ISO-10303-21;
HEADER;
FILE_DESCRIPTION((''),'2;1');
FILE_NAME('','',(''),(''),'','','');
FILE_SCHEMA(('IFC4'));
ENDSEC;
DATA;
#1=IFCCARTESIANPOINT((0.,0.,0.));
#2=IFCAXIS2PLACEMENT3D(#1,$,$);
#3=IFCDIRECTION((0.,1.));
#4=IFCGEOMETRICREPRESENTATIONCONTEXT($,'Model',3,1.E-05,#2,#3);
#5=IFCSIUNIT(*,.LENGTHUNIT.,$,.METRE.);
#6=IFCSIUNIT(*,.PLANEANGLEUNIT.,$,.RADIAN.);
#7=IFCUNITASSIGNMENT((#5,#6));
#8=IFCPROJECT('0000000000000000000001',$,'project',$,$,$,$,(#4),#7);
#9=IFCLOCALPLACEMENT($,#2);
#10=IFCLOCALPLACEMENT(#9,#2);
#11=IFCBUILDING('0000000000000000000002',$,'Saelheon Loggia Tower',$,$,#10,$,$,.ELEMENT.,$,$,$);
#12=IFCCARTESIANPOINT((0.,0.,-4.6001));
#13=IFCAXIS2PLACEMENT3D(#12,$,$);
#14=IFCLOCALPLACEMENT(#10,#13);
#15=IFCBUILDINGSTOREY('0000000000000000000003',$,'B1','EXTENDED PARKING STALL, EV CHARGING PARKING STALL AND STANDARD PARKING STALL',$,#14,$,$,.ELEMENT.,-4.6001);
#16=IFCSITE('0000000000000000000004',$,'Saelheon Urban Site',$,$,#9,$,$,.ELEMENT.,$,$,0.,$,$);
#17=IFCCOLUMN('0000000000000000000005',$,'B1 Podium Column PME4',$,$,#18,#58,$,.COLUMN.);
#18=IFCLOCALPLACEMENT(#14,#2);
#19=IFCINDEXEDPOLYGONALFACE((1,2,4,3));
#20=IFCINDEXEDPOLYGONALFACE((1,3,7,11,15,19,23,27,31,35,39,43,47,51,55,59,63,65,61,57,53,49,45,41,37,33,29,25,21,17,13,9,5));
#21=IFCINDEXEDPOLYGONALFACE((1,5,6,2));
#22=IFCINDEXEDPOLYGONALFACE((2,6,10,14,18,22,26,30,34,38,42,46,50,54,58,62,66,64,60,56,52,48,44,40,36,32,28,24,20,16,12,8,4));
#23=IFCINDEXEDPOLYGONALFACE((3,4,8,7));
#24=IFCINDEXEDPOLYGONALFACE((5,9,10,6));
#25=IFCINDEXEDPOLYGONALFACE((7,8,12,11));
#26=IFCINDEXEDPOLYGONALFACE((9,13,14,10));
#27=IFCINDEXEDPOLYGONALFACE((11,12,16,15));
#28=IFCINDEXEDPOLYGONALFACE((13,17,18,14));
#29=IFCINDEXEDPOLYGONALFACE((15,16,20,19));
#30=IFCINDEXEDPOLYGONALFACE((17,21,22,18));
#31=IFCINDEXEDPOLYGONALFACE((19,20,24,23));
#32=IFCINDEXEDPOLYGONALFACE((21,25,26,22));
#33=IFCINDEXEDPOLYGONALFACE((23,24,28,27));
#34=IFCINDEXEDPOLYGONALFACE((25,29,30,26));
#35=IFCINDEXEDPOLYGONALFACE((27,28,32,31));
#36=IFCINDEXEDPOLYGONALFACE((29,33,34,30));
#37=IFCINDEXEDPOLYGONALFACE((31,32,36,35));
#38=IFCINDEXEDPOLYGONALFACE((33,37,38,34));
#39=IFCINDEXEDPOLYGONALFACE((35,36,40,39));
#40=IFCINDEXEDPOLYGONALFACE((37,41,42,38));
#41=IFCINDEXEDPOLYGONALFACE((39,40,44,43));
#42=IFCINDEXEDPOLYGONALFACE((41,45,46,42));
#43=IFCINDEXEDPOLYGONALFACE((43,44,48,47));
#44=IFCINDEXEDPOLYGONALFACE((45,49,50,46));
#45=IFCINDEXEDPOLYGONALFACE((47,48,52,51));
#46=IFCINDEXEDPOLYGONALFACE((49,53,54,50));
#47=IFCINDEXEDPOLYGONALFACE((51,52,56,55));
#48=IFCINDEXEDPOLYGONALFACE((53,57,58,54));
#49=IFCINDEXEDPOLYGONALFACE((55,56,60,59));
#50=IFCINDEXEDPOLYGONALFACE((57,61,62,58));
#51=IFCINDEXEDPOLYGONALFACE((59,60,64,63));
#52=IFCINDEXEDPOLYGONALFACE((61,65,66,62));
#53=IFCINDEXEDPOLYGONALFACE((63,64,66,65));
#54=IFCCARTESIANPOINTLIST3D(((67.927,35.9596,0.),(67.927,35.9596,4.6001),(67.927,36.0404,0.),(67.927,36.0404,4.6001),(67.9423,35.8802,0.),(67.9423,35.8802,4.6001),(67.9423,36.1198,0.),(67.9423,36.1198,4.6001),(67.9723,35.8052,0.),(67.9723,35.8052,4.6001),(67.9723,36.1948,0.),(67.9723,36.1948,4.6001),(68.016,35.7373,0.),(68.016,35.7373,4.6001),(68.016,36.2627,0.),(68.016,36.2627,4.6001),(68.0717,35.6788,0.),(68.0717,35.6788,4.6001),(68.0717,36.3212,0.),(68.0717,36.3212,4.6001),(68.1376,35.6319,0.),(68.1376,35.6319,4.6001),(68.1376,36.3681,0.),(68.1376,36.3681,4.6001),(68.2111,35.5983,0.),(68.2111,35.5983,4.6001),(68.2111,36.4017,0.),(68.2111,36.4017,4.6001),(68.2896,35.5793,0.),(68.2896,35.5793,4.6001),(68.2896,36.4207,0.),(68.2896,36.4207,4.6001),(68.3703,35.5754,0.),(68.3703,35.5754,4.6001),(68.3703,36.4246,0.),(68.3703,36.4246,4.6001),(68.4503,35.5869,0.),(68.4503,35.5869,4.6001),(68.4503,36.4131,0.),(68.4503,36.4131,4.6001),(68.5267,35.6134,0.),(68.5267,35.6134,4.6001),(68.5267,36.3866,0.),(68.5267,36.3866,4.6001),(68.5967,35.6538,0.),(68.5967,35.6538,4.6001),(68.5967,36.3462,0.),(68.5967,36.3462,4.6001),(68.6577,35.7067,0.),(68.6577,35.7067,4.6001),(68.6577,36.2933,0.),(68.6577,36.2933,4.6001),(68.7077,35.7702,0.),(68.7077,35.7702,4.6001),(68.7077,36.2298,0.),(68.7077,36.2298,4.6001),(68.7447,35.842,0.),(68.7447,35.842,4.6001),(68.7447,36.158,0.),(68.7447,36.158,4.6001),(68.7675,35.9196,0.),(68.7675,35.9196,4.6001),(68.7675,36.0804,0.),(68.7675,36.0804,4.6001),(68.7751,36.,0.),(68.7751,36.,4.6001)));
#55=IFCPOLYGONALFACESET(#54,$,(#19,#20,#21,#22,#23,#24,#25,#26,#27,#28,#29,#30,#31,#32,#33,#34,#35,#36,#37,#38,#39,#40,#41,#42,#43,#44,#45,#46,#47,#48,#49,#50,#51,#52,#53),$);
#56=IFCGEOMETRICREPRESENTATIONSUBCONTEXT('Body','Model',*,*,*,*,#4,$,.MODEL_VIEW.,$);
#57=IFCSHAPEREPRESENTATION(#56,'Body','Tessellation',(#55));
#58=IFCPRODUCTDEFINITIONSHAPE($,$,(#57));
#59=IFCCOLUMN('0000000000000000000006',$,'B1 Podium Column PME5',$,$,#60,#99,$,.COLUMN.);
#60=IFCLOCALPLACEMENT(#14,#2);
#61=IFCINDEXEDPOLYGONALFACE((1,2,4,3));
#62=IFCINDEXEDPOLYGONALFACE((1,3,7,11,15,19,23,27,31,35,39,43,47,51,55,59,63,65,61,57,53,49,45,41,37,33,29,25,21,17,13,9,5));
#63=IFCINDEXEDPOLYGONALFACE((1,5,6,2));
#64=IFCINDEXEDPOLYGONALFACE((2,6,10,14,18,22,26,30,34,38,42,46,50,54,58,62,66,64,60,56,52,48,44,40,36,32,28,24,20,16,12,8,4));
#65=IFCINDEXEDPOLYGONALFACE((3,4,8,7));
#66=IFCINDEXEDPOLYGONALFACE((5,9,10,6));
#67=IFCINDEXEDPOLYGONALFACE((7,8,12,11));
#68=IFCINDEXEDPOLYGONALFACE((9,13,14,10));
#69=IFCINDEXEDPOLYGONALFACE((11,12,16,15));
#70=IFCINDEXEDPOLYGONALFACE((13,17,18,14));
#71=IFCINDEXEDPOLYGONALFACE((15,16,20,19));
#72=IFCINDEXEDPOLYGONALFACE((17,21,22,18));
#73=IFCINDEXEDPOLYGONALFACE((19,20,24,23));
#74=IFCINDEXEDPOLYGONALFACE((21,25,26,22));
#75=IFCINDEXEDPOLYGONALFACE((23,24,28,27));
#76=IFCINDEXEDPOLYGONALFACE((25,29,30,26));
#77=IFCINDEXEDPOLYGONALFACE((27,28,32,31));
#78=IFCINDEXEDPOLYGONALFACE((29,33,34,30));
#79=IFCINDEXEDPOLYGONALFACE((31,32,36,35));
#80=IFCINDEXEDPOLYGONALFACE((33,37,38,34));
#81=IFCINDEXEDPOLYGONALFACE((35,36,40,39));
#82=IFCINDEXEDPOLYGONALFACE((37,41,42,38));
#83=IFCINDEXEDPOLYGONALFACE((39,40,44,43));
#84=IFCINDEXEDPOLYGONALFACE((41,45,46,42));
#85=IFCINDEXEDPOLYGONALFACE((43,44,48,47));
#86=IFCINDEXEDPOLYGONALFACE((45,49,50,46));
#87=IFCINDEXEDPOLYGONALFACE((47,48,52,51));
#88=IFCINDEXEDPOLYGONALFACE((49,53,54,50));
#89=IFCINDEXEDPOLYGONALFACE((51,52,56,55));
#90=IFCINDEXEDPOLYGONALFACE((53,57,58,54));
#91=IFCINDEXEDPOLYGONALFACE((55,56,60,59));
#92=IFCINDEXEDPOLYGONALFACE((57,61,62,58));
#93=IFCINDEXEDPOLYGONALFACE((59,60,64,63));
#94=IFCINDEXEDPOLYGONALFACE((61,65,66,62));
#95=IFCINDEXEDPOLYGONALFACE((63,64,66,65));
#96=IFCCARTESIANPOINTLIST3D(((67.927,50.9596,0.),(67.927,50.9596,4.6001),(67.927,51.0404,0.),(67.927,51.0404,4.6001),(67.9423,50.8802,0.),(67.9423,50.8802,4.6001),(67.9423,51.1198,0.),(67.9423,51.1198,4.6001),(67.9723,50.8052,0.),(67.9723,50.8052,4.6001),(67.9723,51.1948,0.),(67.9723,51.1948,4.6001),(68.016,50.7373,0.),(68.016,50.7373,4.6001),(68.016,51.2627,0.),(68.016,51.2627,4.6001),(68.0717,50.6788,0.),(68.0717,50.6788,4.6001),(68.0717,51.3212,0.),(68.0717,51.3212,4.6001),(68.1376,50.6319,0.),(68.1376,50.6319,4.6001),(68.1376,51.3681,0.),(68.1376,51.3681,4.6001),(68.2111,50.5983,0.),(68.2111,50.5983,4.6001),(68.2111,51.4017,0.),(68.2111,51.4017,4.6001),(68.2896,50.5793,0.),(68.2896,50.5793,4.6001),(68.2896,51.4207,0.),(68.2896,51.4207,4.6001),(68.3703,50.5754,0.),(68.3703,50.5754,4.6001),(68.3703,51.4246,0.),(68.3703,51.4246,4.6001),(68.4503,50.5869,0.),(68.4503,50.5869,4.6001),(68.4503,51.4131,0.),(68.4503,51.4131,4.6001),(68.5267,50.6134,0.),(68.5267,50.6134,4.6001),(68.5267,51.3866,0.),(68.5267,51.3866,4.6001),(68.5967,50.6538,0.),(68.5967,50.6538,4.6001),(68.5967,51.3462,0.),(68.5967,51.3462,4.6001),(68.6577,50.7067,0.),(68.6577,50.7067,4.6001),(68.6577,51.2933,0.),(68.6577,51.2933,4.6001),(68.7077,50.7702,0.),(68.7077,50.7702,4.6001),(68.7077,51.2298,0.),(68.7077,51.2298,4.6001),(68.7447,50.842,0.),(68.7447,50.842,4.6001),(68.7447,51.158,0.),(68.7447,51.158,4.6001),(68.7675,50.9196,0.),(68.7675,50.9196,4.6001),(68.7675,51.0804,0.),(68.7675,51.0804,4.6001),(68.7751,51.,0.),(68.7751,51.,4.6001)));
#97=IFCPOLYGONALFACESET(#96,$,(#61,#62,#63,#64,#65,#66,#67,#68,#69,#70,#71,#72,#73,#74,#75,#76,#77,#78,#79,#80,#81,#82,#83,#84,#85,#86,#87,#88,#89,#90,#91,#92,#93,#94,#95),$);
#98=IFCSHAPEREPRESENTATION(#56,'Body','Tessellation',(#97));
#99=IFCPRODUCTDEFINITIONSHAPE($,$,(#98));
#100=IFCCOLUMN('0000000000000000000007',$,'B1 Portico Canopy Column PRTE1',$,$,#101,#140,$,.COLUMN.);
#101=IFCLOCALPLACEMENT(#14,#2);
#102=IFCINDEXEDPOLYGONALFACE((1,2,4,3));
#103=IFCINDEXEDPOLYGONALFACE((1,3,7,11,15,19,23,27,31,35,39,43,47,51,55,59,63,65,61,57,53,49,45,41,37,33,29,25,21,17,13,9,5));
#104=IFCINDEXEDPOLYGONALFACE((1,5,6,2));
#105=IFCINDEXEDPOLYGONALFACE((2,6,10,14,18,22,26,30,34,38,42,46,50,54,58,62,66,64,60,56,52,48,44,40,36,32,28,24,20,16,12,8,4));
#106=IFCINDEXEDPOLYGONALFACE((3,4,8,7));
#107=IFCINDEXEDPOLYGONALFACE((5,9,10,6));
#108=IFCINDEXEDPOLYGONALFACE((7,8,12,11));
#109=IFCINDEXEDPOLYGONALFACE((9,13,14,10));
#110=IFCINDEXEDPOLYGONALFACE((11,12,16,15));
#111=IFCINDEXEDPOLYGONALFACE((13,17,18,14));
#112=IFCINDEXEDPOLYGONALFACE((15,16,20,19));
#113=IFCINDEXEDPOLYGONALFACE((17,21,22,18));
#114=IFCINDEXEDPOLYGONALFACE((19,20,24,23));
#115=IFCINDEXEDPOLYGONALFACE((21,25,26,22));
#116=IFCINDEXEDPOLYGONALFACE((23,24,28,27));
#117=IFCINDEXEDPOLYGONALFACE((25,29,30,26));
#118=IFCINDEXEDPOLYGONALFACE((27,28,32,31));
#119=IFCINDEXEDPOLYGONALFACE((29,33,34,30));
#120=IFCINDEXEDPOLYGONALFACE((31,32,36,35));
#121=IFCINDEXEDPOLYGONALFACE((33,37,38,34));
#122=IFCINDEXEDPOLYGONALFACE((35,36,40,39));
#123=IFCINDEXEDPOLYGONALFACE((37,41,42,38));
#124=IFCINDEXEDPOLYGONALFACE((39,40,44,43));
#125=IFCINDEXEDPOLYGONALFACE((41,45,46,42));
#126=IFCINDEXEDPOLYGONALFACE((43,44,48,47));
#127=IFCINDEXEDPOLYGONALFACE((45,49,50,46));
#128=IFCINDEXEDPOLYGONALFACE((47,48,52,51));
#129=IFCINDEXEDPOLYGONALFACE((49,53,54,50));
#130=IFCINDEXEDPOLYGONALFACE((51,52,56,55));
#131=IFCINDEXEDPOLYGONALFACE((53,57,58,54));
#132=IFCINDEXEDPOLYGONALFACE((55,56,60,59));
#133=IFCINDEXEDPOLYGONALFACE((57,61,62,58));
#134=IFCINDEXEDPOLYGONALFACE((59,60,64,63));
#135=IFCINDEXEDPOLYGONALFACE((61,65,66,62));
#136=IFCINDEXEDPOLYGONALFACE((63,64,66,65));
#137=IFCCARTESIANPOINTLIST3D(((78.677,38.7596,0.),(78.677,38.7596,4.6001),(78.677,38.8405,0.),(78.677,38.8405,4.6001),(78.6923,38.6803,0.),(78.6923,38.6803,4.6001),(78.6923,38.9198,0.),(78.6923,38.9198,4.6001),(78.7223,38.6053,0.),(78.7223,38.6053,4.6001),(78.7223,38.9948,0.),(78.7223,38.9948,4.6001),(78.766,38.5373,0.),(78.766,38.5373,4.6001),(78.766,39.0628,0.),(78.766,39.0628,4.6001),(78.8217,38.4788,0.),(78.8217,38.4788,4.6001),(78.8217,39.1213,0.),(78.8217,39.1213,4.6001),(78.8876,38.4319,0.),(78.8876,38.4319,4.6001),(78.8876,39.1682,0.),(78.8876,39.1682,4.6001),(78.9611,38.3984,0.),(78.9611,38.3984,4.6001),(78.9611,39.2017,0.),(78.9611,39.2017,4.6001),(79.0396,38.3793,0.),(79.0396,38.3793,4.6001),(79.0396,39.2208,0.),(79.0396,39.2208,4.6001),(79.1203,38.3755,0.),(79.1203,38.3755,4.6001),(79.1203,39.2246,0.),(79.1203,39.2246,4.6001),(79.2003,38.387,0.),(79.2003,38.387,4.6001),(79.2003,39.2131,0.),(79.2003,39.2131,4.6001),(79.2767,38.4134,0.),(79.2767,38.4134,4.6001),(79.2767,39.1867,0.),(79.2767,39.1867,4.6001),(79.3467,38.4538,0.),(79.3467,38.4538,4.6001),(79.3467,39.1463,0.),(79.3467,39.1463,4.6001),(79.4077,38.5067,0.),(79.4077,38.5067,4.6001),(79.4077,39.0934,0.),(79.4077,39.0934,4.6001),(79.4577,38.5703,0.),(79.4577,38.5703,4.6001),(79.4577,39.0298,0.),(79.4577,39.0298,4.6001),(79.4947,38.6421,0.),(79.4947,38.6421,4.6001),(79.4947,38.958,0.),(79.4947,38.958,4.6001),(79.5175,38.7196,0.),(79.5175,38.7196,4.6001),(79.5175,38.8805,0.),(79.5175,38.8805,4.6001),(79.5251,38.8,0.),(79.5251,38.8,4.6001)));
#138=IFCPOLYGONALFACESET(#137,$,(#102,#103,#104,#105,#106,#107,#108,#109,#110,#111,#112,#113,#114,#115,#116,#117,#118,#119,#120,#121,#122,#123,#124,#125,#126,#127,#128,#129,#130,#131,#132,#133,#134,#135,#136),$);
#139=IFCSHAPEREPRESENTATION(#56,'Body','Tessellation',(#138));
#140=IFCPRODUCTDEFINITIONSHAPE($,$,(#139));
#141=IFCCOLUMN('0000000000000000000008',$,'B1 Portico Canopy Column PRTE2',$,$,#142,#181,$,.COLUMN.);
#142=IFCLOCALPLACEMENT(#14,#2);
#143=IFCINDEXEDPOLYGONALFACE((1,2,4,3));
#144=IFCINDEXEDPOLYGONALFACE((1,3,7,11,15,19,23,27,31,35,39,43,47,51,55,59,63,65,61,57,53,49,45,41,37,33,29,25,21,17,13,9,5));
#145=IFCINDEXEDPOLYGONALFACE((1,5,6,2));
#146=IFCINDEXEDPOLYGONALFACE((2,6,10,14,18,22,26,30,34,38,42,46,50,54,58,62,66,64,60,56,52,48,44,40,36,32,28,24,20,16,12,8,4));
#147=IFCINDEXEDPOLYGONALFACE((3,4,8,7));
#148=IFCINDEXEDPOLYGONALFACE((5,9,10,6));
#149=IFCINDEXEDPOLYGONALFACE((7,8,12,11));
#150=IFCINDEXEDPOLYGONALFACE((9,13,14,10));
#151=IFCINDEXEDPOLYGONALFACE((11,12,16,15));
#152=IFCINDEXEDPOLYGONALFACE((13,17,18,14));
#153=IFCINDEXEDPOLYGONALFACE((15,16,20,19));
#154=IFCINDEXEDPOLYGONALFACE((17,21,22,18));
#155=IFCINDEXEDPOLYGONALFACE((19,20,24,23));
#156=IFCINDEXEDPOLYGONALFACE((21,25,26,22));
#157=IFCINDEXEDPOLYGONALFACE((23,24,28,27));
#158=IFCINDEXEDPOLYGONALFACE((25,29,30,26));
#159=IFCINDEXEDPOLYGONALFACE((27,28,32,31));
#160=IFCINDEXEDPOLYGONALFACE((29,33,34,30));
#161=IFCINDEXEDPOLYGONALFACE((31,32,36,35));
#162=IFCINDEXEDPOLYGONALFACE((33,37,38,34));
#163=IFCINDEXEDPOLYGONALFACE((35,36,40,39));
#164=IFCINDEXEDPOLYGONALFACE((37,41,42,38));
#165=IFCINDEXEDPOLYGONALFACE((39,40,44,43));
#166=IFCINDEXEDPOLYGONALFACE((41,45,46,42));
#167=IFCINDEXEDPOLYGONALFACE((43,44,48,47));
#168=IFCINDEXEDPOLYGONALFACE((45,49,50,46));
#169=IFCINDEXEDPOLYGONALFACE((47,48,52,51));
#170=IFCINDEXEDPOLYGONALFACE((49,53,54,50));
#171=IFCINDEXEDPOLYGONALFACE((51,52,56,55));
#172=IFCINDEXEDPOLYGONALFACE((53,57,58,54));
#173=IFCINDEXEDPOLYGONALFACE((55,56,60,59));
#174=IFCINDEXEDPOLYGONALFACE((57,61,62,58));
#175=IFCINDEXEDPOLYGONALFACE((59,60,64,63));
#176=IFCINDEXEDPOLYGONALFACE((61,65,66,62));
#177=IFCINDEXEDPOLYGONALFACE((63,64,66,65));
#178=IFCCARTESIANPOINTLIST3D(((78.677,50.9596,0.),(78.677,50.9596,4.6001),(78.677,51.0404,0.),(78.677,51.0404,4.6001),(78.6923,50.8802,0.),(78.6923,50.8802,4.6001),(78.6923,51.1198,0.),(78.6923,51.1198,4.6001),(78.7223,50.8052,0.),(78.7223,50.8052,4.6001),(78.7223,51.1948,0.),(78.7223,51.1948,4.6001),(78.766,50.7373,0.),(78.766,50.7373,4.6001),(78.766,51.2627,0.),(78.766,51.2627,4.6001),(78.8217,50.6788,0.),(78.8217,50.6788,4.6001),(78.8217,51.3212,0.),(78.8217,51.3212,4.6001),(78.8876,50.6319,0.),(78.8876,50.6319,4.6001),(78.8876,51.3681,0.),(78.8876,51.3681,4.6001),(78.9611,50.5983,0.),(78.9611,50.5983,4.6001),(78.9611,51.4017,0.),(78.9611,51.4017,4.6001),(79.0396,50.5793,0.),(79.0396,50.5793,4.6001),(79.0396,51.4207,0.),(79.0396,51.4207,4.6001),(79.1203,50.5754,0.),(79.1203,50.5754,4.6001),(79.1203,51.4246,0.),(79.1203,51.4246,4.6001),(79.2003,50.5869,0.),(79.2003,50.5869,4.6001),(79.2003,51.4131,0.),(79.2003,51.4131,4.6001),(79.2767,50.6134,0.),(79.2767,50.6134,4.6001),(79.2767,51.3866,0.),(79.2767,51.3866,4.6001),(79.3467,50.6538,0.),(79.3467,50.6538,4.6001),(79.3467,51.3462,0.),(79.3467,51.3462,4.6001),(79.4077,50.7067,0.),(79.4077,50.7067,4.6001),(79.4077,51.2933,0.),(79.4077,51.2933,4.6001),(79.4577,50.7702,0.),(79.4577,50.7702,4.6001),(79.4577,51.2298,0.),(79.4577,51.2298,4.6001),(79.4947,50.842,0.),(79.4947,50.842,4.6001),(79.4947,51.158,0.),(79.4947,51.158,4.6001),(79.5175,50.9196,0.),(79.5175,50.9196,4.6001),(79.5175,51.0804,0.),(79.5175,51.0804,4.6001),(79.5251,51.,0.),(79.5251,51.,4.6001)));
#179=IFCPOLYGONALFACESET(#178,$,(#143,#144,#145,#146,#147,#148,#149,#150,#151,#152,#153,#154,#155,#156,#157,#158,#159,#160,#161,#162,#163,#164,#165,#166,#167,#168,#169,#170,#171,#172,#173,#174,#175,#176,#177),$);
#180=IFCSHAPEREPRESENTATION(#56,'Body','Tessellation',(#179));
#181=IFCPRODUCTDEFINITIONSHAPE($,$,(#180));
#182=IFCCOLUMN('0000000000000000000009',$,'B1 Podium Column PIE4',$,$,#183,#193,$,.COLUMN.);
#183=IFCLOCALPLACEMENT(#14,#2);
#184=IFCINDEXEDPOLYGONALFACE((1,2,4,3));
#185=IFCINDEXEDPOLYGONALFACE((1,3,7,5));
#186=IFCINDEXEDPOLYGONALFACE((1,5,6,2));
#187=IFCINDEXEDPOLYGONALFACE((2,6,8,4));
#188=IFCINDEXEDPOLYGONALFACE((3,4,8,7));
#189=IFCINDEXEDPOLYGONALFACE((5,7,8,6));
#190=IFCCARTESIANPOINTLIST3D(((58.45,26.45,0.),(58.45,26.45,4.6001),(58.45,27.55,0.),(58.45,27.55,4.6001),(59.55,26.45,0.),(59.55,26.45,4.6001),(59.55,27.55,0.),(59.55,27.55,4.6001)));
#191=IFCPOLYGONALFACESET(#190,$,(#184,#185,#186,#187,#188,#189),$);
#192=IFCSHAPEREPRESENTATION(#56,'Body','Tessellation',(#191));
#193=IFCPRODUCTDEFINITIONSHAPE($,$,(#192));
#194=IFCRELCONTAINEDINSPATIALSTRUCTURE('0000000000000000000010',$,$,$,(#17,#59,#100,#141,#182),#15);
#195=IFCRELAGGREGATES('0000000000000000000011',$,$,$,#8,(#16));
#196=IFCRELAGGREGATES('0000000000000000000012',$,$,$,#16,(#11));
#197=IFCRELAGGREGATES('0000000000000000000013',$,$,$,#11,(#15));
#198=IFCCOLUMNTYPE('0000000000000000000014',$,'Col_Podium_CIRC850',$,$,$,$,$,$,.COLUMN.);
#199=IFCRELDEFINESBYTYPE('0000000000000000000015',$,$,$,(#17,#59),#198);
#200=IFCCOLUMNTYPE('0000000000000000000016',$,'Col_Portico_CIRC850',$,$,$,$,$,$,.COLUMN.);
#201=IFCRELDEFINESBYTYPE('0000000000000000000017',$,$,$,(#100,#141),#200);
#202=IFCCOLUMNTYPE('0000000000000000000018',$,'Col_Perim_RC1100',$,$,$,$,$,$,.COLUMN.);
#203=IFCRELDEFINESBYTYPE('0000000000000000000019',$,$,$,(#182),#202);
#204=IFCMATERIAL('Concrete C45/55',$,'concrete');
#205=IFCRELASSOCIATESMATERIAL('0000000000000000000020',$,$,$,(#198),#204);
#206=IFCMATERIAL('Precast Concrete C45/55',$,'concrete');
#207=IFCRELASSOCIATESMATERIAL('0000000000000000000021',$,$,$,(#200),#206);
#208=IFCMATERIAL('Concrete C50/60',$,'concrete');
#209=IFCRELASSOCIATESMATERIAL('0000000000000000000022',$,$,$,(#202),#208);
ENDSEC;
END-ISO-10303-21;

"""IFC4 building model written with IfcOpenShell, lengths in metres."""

from ifc_helpers import new_model, si_unit, direction, frame, origin, origin_2d, place, context, subcontext, project, spatial, rectangle, circle, extrude, source, transform, mapped, material, material_profile, profile_set, type_object, element, save


model = new_model("IFC4")

# Units and contexts
model_context = context("Model", 3, precision=1e-05, world=origin(), true_north=direction((0.0, 1.0)))
body_context = subcontext(model_context, "Body", "Model", "MODEL_VIEW")
ifc_project = project(units=[si_unit("LENGTHUNIT", "METRE"), si_unit("PLANEANGLEUNIT", "RADIAN")], contexts=[model_context])

# Site, building, storey
site_placement = place(None, origin())
site = spatial("IfcSite", under=ifc_project, at=site_placement, Name="Saelheon Urban Site", CompositionType="ELEMENT", RefElevation=0.0)
building_placement = place(site_placement, origin())
building = spatial("IfcBuilding", under=site, at=building_placement, Name="Saelheon Loggia Tower", CompositionType="ELEMENT")
storey_placement = place(building_placement, frame((0.0, 0.0, -4.6001)))
storey = spatial("IfcBuildingStorey", under=building, at=storey_placement, Name="B1", Description="EXTENDED PARKING STALL, EV CHARGING PARKING STALL AND STANDARD PARKING STALL", CompositionType="ELEMENT", Elevation=-4.6001)

# Columns
ifc_material_1 = material(Name="Concrete C50/60", Category="concrete")
ifc_material_2 = material(Name="Concrete C45/55", Category="concrete")
ifc_material_profile_1 = material_profile(ifc_material_2, circle(Radius=0.425, at=origin_2d()), Name="CIRC-850")
ifc_profile_set_1 = profile_set([ifc_material_profile_1], Name="Concrete C45/55")
column_type_1 = type_object("IfcColumnType", Name="Col_Podium_CIRC850", PredefinedType="COLUMN", material=ifc_profile_set_1)
shared_shape_1 = source(origin(), body_context, "Body", "SweptSolid", [
    extrude(circle(Radius=0.425, at=origin_2d()), origin(), (0.0, 0.0, 1.0), 4.6001),
])
for number, where, z_axis, x_axis, name in (
    (1, (68.3501, 36.0, 0.0), (0.0, 0.0, 1.0), (1.0, 0.0, 0.0), "B1 Podium Column PME4"),
    (2, (68.3501, 51.0, 0.0), (0.0, 0.0, 1.0), (1.0, 0.0, 0.0), "B1 Podium Column PME5"),
):
    element("IfcColumn", number, at=place(storey_placement, frame(where, z_axis=z_axis, x_axis=x_axis)), inside=storey, type_object=column_type_1, Name=name, PredefinedType="COLUMN", context=body_context, shape_type="MappedRepresentation", body=[
        mapped(shared_shape_1, transform((0.0, 0.0, 0.0), scale=1.0)),
    ])
ifc_material_3 = material(Name="Precast Concrete C45/55", Category="concrete")
ifc_material_profile_2 = material_profile(ifc_material_3, circle(Radius=0.425, at=origin_2d()), Name="CIRC-850")
ifc_profile_set_2 = profile_set([ifc_material_profile_2], Name="Precast Concrete C45/55")
column_type_2 = type_object("IfcColumnType", Name="Col_Portico_CIRC850", PredefinedType="COLUMN", material=ifc_profile_set_2)
for number, where, z_axis, x_axis, name in (
    (3, (79.1001, 38.8, 0.0), (0.0, 0.0, 1.0), (1.0, 0.0, 0.0), "B1 Portico Canopy Column PRTE1"),
    (4, (79.1001, 51.0, 0.0), (0.0, 0.0, 1.0), (1.0, 0.0, 0.0), "B1 Portico Canopy Column PRTE2"),
):
    element("IfcColumn", number, at=place(storey_placement, frame(where, z_axis=z_axis, x_axis=x_axis)), inside=storey, type_object=column_type_2, Name=name, PredefinedType="COLUMN", context=body_context, shape_type="MappedRepresentation", body=[
        mapped(shared_shape_1, transform((0.0, 0.0, 0.0), scale=1.0)),
    ])
ifc_material_profile_3 = material_profile(ifc_material_1, rectangle(XDim=1.1001, YDim=1.1001, at=origin_2d()), Name="RC-1100x1100")
ifc_profile_set_3 = profile_set([ifc_material_profile_3], Name="Concrete C50/60")
column_type_3 = type_object("IfcColumnType", Name="Col_Perim_RC1100", PredefinedType="COLUMN", material=ifc_profile_set_3)
shared_shape_2 = source(origin(), body_context, "Body", "SweptSolid", [
    extrude(rectangle(XDim=1.1001, YDim=1.1001, at=origin_2d()), origin(), (0.0, 0.0, 1.0), 4.6001),
])
for number, where, z_axis, x_axis, name in (
    (5, (59.0, 27.0, 0.0), (0.0, 0.0, 1.0), (1.0, 0.0, 0.0), "B1 Podium Column PIE4"),
):
    element("IfcColumn", number, at=place(storey_placement, frame(where, z_axis=z_axis, x_axis=x_axis)), inside=storey, type_object=column_type_3, Name=name, PredefinedType="COLUMN", context=body_context, shape_type="MappedRepresentation", body=[
        mapped(shared_shape_2, transform((0.0, 0.0, 0.0), scale=1.0)),
    ])

save(model, "model.ifc")
